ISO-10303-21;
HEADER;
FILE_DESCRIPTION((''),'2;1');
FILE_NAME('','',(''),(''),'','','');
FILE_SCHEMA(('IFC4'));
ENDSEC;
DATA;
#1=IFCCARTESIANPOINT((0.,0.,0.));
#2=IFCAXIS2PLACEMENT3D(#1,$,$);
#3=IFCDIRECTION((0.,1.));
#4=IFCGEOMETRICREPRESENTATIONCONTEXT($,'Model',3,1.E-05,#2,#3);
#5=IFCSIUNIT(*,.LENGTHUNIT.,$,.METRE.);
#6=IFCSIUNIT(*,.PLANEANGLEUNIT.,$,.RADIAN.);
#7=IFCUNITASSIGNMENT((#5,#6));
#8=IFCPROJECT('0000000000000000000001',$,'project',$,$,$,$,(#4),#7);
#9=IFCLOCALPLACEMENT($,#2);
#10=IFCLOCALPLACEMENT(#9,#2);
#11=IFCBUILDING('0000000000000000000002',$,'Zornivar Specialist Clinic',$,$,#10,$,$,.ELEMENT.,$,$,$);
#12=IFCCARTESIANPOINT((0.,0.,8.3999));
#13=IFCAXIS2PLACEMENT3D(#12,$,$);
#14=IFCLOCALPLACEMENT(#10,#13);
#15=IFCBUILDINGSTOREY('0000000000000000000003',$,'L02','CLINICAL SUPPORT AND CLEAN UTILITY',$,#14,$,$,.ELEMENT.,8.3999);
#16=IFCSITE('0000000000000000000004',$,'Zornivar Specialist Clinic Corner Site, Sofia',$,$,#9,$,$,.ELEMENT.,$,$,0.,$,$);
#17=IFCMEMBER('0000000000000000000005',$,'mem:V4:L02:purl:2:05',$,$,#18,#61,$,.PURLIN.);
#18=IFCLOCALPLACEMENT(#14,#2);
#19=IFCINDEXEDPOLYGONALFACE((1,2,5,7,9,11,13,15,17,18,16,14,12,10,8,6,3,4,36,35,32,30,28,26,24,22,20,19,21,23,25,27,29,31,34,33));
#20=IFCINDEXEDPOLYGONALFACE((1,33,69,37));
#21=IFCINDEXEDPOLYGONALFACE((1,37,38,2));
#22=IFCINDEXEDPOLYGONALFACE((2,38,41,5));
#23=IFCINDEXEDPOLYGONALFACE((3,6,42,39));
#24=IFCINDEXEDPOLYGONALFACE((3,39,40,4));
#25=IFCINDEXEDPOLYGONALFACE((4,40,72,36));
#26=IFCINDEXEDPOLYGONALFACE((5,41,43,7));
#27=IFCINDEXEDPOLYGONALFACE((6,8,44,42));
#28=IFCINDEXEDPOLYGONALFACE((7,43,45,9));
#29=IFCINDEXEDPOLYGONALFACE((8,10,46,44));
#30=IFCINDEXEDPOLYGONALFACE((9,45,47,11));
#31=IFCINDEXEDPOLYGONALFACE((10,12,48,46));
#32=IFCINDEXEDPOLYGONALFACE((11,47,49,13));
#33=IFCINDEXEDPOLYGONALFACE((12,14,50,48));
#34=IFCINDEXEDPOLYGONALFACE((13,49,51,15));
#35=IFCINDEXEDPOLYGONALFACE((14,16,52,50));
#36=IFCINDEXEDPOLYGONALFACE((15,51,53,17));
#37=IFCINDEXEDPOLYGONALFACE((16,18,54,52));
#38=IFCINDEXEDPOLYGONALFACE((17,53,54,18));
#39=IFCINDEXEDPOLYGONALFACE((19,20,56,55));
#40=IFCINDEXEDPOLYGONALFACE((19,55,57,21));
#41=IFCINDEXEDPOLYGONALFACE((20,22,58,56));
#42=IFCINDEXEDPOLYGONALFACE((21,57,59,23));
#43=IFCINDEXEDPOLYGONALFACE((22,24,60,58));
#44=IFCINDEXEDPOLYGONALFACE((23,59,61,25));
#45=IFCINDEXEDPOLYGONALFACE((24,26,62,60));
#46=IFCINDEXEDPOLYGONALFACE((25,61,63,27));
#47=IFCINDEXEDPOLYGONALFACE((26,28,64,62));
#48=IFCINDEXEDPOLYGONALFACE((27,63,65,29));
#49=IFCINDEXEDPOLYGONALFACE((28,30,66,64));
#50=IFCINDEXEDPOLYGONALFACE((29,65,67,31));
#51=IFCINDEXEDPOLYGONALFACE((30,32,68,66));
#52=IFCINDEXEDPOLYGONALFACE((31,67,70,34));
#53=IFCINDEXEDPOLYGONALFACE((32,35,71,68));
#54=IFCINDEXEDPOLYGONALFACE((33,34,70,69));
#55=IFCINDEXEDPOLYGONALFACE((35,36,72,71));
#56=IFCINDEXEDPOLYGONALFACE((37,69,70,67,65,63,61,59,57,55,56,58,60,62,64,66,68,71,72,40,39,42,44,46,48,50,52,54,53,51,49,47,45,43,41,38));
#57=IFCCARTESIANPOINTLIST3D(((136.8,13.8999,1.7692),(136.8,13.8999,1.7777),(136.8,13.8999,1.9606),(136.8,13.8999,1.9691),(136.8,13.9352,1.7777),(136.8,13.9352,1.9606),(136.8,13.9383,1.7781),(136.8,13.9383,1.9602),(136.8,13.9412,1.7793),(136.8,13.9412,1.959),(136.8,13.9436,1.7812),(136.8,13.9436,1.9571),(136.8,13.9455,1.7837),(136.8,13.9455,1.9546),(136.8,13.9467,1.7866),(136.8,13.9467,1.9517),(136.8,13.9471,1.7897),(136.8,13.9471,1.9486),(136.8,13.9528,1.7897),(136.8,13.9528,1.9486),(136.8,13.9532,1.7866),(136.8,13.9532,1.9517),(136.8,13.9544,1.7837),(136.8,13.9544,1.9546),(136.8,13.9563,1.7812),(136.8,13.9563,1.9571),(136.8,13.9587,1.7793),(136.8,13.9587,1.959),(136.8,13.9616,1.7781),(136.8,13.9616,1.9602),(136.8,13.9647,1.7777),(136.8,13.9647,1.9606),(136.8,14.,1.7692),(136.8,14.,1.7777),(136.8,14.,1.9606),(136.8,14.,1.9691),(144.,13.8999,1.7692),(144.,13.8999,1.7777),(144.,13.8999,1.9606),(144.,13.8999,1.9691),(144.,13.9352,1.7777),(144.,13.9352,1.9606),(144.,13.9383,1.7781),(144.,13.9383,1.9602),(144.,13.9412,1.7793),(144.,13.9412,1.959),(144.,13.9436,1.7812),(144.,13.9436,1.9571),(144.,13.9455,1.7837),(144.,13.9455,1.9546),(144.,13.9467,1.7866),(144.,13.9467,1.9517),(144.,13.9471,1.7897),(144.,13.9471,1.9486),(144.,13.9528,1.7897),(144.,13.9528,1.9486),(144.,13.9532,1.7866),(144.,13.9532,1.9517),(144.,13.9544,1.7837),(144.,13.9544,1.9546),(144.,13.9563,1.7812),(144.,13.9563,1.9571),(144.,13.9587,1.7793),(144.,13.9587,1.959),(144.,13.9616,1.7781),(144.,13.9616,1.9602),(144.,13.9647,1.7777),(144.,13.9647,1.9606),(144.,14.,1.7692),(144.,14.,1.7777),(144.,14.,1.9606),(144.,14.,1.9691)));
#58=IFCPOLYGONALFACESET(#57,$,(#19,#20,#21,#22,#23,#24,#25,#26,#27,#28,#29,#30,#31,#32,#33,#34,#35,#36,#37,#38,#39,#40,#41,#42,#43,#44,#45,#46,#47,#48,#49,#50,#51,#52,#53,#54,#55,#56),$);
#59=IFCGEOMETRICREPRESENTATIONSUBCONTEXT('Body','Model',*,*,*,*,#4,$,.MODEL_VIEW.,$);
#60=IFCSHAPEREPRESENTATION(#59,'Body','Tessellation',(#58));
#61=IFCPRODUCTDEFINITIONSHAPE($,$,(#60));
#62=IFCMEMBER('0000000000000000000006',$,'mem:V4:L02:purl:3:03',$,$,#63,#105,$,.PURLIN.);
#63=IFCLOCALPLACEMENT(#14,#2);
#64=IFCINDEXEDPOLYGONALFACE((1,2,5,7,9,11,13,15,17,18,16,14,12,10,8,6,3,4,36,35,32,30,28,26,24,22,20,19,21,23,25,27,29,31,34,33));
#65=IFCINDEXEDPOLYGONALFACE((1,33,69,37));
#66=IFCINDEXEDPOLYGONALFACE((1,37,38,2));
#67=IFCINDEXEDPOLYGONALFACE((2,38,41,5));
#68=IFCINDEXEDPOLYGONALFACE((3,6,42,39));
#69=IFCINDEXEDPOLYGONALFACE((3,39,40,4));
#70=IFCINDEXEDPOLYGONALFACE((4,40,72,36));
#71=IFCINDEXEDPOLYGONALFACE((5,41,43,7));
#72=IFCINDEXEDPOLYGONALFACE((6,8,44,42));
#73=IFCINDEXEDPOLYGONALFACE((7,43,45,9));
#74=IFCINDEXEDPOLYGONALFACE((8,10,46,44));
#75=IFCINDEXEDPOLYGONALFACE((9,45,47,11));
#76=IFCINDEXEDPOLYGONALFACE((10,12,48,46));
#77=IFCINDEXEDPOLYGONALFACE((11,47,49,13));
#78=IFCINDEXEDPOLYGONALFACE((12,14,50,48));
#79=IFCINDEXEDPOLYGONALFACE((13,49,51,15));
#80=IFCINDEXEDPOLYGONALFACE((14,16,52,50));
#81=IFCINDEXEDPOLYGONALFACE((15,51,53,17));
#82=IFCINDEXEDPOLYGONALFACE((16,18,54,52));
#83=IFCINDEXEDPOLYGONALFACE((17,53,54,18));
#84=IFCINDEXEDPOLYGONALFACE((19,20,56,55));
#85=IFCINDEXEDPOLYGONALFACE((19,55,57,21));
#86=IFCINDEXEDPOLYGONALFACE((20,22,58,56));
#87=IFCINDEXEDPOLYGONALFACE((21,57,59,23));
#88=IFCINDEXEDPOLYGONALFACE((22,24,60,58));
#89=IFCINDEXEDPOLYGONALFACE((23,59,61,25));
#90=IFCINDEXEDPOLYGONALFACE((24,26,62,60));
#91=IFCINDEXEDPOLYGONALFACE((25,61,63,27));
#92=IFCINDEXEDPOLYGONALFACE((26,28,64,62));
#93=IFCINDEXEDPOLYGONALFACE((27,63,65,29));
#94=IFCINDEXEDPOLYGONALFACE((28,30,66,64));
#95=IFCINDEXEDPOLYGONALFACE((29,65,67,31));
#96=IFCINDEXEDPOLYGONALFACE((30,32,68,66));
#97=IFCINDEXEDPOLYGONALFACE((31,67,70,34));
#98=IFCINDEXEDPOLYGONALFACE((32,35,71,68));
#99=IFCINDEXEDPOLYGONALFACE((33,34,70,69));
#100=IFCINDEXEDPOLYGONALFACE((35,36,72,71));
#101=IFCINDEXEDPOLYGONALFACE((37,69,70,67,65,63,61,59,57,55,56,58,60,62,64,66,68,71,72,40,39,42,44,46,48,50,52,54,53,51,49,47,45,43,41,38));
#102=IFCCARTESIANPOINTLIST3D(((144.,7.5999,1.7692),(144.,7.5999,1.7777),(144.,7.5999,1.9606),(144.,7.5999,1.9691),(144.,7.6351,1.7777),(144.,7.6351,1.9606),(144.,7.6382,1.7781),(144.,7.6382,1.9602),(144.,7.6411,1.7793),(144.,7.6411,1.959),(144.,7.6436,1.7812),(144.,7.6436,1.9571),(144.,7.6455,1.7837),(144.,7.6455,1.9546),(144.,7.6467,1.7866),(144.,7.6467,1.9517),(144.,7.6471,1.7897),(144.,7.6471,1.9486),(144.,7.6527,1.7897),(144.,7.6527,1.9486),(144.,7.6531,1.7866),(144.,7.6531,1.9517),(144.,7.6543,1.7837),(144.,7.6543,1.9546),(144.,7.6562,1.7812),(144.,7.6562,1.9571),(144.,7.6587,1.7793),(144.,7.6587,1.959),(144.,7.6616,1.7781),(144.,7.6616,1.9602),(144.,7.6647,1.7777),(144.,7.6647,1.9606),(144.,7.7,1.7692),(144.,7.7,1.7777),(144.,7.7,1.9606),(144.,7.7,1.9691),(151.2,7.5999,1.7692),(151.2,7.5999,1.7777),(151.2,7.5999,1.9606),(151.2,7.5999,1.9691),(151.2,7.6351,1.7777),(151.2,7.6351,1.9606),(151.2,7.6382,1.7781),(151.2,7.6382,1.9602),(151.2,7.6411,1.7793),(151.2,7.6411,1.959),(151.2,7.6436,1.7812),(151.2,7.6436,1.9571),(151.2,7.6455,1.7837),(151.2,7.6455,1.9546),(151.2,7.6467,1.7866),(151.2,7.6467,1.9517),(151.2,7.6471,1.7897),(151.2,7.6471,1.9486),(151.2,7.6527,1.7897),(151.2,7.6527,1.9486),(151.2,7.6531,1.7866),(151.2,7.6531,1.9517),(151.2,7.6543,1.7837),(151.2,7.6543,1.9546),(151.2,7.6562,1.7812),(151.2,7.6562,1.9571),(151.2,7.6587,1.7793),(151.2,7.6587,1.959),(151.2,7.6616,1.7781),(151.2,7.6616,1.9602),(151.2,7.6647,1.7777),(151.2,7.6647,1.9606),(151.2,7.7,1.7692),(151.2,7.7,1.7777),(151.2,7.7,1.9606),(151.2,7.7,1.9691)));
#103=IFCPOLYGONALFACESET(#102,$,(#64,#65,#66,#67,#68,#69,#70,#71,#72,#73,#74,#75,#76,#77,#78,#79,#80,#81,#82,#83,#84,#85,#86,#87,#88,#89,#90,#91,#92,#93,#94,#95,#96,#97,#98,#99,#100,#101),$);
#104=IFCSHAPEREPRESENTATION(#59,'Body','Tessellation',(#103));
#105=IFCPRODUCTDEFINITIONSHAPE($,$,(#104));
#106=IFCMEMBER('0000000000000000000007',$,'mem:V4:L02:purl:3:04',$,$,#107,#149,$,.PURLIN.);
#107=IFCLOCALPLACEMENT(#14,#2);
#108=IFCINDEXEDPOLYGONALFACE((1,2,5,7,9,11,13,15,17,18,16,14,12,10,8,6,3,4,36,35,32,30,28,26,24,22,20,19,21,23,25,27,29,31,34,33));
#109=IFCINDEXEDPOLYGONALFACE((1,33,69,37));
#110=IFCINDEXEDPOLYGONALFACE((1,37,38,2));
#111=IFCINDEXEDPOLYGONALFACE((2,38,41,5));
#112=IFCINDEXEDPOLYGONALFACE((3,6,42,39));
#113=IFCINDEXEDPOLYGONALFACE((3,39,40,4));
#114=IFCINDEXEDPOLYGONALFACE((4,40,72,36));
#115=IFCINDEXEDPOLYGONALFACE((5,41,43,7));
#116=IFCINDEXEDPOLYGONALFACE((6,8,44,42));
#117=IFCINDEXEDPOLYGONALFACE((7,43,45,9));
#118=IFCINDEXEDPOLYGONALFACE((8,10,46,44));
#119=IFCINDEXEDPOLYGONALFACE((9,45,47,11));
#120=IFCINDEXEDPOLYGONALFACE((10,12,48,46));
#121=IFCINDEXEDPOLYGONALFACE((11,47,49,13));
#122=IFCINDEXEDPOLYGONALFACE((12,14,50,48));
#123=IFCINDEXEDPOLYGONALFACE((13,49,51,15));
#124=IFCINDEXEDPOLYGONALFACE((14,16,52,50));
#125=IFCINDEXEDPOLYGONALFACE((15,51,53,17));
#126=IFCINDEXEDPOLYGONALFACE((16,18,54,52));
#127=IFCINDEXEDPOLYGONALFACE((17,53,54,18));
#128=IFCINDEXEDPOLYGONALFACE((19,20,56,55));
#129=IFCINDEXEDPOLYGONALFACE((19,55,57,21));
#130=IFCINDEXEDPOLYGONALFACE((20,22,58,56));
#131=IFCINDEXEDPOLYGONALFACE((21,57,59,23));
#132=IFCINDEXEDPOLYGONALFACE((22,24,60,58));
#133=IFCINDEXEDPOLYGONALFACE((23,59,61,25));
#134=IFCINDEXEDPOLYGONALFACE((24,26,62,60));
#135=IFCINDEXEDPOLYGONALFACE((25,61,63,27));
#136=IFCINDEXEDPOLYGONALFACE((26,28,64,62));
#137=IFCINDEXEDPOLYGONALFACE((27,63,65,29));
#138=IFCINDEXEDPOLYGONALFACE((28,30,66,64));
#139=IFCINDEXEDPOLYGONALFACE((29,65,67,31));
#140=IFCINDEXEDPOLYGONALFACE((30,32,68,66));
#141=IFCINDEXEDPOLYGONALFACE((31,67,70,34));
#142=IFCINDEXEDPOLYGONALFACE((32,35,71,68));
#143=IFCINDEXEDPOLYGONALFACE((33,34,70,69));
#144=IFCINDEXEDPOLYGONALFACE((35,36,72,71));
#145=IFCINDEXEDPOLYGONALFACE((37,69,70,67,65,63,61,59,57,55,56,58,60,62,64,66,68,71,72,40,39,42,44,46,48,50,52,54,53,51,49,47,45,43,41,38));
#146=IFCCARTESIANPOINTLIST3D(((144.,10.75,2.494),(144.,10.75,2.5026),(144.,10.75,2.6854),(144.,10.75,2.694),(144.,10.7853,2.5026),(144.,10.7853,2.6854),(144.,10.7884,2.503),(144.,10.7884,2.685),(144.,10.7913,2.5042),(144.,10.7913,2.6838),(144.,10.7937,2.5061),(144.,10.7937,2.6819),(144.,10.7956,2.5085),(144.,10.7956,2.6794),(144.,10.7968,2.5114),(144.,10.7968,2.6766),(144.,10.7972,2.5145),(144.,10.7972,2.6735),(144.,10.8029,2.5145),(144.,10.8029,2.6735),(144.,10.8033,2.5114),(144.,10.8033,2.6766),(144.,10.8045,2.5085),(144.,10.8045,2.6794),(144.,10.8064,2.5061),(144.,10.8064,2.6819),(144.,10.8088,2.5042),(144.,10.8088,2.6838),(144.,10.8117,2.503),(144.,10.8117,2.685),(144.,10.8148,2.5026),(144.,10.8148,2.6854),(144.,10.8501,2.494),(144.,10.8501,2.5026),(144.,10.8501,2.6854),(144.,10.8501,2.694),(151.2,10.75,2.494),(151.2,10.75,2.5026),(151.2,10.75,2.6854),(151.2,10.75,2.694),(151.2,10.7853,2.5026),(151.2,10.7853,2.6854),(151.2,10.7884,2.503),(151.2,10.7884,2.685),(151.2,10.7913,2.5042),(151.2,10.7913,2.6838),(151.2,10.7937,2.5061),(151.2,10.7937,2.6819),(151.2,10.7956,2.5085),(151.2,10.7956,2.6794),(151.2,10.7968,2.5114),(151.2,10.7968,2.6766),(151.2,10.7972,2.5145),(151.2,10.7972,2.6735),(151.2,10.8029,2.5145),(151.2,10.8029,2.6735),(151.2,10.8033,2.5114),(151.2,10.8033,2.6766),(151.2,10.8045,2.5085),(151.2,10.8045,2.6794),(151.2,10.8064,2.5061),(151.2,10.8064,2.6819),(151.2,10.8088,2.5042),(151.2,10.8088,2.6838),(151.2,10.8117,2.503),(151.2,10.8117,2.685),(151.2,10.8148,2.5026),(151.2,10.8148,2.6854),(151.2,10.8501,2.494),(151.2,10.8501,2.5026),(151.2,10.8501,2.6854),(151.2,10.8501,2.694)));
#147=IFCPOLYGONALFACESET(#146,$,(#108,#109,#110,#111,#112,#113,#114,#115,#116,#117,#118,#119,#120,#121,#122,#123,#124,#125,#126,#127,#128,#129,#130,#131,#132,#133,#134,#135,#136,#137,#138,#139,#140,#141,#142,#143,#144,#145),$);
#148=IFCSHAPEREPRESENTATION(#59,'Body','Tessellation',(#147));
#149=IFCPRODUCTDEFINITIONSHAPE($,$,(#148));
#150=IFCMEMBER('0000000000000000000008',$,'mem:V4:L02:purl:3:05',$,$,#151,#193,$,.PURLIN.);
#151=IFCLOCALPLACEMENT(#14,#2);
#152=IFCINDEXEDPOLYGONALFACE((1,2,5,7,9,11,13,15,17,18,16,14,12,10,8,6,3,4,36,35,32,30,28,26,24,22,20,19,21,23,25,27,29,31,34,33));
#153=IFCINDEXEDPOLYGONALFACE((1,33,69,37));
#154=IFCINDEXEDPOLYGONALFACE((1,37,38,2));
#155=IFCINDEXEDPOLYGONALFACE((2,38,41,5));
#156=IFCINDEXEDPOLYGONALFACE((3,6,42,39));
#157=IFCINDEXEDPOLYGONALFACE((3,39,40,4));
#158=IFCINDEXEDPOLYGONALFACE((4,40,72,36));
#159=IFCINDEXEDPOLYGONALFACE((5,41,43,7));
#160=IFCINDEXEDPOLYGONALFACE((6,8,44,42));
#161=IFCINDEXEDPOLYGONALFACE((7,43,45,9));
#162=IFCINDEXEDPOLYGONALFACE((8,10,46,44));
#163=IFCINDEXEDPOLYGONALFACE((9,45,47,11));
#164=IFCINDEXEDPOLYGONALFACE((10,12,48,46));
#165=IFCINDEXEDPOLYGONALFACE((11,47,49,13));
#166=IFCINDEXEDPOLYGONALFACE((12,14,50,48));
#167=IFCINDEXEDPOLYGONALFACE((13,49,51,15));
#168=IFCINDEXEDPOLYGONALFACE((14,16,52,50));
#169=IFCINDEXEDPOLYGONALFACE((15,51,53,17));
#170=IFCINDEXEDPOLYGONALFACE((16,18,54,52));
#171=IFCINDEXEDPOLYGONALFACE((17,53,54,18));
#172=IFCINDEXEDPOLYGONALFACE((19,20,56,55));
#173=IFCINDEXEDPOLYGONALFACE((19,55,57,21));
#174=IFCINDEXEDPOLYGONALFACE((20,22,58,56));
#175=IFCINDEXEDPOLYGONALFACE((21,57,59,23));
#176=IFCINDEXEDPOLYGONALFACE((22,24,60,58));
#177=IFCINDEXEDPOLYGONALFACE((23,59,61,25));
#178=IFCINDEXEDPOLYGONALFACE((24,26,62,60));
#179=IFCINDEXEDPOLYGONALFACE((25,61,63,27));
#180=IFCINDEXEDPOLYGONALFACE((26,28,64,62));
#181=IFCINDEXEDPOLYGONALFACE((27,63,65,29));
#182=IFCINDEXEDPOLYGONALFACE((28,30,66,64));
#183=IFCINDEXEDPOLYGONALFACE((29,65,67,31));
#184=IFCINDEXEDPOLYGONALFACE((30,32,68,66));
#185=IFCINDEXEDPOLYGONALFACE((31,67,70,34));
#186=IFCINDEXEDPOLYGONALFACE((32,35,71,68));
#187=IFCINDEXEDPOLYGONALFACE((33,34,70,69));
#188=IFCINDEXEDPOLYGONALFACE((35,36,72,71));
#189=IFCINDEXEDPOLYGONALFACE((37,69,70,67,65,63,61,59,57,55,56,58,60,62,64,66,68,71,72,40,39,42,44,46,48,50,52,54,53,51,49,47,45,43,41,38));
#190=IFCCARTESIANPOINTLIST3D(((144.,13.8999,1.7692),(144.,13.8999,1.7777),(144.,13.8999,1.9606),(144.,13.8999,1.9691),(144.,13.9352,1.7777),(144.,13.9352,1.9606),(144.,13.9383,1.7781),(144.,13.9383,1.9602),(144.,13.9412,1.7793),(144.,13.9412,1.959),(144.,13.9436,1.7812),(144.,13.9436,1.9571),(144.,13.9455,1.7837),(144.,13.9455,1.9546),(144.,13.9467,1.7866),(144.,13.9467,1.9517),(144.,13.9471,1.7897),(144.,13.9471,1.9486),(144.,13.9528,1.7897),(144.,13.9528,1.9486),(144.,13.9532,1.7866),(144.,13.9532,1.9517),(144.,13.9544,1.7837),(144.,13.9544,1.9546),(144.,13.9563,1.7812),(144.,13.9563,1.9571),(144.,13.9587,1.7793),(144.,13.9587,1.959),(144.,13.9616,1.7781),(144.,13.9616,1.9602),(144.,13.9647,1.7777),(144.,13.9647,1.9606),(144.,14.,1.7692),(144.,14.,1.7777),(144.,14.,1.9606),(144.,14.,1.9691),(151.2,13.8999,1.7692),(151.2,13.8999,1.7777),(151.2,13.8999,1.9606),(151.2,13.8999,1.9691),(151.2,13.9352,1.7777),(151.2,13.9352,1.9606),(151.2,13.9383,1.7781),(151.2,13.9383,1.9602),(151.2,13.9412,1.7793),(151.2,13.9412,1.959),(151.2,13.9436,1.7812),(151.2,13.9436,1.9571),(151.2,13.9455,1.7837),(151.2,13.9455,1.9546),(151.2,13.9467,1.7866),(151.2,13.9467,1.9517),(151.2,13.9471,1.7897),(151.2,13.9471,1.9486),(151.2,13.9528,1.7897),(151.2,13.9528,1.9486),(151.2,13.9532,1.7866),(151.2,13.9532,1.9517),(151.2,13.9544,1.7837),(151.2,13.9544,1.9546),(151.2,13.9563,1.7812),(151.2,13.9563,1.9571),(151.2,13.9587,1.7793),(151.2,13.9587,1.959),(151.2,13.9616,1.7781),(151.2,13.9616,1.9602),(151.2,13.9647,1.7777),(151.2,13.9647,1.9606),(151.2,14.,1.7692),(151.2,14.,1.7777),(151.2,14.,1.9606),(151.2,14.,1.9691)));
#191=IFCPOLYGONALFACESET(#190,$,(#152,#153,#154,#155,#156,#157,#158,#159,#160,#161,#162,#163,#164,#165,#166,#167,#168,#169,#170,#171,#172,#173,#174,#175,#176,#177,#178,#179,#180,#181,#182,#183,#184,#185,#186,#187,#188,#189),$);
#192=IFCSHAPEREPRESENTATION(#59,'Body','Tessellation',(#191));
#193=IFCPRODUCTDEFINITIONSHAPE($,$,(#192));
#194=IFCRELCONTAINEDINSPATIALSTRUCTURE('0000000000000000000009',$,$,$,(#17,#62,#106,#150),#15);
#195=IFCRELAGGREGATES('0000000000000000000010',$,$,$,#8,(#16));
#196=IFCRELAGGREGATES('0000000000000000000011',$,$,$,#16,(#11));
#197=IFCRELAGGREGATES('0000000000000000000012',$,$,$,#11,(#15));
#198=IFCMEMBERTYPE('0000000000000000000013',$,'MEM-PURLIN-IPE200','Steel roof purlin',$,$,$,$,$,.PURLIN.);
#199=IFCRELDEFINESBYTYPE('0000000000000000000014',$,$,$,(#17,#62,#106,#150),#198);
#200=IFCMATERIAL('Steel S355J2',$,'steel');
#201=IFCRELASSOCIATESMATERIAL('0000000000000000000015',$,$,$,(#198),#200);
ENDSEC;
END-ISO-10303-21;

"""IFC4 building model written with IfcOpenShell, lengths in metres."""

from ifc_helpers import new_model, si_unit, direction, frame, origin, origin_2d, place, context, subcontext, project, spatial, i_section, extrude, material, material_profile, profile_set, type_object, element, save


model = new_model("IFC4")

# Units and contexts
model_context = context("Model", 3, precision=1e-05, world=origin(), true_north=direction((0.0, 1.0)))
body_context = subcontext(model_context, "Body", "Model", "MODEL_VIEW")
ifc_project = project(units=[si_unit("LENGTHUNIT", "METRE"), si_unit("PLANEANGLEUNIT", "RADIAN")], contexts=[model_context])

# Site, building, storey
site_placement = place(None, origin())
site = spatial("IfcSite", under=ifc_project, at=site_placement, Name="Zornivar Specialist Clinic Corner Site, Sofia", CompositionType="ELEMENT", RefElevation=0.0)
building_placement = place(site_placement, origin())
building = spatial("IfcBuilding", under=site, at=building_placement, Name="Zornivar Specialist Clinic", CompositionType="ELEMENT")
storey_placement = place(building_placement, frame((0.0, 0.0, 8.3999)))
storey = spatial("IfcBuildingStorey", under=building, at=storey_placement, Name="L02", Description="CLINICAL SUPPORT AND CLEAN UTILITY", CompositionType="ELEMENT", Elevation=8.3999)

# Members
ifc_material_1 = material(Name="Steel S355J2", Category="steel")
ifc_material_profile_1 = material_profile(ifc_material_1, i_section(OverallWidth=0.1001, OverallDepth=0.2, WebThickness=0.0056, FlangeThickness=0.0085, FilletRadius=0.012, at=origin_2d()), Name="IPE 200")
ifc_profile_set_1 = profile_set([ifc_material_profile_1], Name="Steel S355J2")
member_type_1 = type_object("IfcMemberType", Name="MEM-PURLIN-IPE200", Description="Steel roof purlin", PredefinedType="PURLIN", material=ifc_profile_set_1)
for number, where, z_axis, x_axis, name in (
    (1, (136.8, 13.95, 1.8691), (1.0, 0.0, 0.0), (0.0, 1.0, 0.0), "mem:V4:L02:purl:2:05"),
    (2, (144.0, 7.6499, 1.8691), (1.0, 0.0, 0.0), (0.0, 1.0, 0.0), "mem:V4:L02:purl:3:03"),
    (3, (144.0, 10.8, 2.594), (1.0, 0.0, 0.0), (0.0, 1.0, 0.0), "mem:V4:L02:purl:3:04"),
    (4, (144.0, 13.95, 1.8691), (1.0, 0.0, 0.0), (0.0, 1.0, 0.0), "mem:V4:L02:purl:3:05"),
):
    element("IfcMember", number, at=place(storey_placement, frame(where, z_axis=z_axis, x_axis=x_axis)), inside=storey, type_object=member_type_1, Name=name, PredefinedType="PURLIN", context=body_context, shape_type="SweptSolid", body=[
        extrude(i_section(OverallWidth=0.1001, OverallDepth=0.2, WebThickness=0.0056, FlangeThickness=0.0085, FilletRadius=0.012, at=origin_2d()), origin(), (0.0, 0.0, 1.0), 7.2),
    ])

save(model, "model.ifc")
